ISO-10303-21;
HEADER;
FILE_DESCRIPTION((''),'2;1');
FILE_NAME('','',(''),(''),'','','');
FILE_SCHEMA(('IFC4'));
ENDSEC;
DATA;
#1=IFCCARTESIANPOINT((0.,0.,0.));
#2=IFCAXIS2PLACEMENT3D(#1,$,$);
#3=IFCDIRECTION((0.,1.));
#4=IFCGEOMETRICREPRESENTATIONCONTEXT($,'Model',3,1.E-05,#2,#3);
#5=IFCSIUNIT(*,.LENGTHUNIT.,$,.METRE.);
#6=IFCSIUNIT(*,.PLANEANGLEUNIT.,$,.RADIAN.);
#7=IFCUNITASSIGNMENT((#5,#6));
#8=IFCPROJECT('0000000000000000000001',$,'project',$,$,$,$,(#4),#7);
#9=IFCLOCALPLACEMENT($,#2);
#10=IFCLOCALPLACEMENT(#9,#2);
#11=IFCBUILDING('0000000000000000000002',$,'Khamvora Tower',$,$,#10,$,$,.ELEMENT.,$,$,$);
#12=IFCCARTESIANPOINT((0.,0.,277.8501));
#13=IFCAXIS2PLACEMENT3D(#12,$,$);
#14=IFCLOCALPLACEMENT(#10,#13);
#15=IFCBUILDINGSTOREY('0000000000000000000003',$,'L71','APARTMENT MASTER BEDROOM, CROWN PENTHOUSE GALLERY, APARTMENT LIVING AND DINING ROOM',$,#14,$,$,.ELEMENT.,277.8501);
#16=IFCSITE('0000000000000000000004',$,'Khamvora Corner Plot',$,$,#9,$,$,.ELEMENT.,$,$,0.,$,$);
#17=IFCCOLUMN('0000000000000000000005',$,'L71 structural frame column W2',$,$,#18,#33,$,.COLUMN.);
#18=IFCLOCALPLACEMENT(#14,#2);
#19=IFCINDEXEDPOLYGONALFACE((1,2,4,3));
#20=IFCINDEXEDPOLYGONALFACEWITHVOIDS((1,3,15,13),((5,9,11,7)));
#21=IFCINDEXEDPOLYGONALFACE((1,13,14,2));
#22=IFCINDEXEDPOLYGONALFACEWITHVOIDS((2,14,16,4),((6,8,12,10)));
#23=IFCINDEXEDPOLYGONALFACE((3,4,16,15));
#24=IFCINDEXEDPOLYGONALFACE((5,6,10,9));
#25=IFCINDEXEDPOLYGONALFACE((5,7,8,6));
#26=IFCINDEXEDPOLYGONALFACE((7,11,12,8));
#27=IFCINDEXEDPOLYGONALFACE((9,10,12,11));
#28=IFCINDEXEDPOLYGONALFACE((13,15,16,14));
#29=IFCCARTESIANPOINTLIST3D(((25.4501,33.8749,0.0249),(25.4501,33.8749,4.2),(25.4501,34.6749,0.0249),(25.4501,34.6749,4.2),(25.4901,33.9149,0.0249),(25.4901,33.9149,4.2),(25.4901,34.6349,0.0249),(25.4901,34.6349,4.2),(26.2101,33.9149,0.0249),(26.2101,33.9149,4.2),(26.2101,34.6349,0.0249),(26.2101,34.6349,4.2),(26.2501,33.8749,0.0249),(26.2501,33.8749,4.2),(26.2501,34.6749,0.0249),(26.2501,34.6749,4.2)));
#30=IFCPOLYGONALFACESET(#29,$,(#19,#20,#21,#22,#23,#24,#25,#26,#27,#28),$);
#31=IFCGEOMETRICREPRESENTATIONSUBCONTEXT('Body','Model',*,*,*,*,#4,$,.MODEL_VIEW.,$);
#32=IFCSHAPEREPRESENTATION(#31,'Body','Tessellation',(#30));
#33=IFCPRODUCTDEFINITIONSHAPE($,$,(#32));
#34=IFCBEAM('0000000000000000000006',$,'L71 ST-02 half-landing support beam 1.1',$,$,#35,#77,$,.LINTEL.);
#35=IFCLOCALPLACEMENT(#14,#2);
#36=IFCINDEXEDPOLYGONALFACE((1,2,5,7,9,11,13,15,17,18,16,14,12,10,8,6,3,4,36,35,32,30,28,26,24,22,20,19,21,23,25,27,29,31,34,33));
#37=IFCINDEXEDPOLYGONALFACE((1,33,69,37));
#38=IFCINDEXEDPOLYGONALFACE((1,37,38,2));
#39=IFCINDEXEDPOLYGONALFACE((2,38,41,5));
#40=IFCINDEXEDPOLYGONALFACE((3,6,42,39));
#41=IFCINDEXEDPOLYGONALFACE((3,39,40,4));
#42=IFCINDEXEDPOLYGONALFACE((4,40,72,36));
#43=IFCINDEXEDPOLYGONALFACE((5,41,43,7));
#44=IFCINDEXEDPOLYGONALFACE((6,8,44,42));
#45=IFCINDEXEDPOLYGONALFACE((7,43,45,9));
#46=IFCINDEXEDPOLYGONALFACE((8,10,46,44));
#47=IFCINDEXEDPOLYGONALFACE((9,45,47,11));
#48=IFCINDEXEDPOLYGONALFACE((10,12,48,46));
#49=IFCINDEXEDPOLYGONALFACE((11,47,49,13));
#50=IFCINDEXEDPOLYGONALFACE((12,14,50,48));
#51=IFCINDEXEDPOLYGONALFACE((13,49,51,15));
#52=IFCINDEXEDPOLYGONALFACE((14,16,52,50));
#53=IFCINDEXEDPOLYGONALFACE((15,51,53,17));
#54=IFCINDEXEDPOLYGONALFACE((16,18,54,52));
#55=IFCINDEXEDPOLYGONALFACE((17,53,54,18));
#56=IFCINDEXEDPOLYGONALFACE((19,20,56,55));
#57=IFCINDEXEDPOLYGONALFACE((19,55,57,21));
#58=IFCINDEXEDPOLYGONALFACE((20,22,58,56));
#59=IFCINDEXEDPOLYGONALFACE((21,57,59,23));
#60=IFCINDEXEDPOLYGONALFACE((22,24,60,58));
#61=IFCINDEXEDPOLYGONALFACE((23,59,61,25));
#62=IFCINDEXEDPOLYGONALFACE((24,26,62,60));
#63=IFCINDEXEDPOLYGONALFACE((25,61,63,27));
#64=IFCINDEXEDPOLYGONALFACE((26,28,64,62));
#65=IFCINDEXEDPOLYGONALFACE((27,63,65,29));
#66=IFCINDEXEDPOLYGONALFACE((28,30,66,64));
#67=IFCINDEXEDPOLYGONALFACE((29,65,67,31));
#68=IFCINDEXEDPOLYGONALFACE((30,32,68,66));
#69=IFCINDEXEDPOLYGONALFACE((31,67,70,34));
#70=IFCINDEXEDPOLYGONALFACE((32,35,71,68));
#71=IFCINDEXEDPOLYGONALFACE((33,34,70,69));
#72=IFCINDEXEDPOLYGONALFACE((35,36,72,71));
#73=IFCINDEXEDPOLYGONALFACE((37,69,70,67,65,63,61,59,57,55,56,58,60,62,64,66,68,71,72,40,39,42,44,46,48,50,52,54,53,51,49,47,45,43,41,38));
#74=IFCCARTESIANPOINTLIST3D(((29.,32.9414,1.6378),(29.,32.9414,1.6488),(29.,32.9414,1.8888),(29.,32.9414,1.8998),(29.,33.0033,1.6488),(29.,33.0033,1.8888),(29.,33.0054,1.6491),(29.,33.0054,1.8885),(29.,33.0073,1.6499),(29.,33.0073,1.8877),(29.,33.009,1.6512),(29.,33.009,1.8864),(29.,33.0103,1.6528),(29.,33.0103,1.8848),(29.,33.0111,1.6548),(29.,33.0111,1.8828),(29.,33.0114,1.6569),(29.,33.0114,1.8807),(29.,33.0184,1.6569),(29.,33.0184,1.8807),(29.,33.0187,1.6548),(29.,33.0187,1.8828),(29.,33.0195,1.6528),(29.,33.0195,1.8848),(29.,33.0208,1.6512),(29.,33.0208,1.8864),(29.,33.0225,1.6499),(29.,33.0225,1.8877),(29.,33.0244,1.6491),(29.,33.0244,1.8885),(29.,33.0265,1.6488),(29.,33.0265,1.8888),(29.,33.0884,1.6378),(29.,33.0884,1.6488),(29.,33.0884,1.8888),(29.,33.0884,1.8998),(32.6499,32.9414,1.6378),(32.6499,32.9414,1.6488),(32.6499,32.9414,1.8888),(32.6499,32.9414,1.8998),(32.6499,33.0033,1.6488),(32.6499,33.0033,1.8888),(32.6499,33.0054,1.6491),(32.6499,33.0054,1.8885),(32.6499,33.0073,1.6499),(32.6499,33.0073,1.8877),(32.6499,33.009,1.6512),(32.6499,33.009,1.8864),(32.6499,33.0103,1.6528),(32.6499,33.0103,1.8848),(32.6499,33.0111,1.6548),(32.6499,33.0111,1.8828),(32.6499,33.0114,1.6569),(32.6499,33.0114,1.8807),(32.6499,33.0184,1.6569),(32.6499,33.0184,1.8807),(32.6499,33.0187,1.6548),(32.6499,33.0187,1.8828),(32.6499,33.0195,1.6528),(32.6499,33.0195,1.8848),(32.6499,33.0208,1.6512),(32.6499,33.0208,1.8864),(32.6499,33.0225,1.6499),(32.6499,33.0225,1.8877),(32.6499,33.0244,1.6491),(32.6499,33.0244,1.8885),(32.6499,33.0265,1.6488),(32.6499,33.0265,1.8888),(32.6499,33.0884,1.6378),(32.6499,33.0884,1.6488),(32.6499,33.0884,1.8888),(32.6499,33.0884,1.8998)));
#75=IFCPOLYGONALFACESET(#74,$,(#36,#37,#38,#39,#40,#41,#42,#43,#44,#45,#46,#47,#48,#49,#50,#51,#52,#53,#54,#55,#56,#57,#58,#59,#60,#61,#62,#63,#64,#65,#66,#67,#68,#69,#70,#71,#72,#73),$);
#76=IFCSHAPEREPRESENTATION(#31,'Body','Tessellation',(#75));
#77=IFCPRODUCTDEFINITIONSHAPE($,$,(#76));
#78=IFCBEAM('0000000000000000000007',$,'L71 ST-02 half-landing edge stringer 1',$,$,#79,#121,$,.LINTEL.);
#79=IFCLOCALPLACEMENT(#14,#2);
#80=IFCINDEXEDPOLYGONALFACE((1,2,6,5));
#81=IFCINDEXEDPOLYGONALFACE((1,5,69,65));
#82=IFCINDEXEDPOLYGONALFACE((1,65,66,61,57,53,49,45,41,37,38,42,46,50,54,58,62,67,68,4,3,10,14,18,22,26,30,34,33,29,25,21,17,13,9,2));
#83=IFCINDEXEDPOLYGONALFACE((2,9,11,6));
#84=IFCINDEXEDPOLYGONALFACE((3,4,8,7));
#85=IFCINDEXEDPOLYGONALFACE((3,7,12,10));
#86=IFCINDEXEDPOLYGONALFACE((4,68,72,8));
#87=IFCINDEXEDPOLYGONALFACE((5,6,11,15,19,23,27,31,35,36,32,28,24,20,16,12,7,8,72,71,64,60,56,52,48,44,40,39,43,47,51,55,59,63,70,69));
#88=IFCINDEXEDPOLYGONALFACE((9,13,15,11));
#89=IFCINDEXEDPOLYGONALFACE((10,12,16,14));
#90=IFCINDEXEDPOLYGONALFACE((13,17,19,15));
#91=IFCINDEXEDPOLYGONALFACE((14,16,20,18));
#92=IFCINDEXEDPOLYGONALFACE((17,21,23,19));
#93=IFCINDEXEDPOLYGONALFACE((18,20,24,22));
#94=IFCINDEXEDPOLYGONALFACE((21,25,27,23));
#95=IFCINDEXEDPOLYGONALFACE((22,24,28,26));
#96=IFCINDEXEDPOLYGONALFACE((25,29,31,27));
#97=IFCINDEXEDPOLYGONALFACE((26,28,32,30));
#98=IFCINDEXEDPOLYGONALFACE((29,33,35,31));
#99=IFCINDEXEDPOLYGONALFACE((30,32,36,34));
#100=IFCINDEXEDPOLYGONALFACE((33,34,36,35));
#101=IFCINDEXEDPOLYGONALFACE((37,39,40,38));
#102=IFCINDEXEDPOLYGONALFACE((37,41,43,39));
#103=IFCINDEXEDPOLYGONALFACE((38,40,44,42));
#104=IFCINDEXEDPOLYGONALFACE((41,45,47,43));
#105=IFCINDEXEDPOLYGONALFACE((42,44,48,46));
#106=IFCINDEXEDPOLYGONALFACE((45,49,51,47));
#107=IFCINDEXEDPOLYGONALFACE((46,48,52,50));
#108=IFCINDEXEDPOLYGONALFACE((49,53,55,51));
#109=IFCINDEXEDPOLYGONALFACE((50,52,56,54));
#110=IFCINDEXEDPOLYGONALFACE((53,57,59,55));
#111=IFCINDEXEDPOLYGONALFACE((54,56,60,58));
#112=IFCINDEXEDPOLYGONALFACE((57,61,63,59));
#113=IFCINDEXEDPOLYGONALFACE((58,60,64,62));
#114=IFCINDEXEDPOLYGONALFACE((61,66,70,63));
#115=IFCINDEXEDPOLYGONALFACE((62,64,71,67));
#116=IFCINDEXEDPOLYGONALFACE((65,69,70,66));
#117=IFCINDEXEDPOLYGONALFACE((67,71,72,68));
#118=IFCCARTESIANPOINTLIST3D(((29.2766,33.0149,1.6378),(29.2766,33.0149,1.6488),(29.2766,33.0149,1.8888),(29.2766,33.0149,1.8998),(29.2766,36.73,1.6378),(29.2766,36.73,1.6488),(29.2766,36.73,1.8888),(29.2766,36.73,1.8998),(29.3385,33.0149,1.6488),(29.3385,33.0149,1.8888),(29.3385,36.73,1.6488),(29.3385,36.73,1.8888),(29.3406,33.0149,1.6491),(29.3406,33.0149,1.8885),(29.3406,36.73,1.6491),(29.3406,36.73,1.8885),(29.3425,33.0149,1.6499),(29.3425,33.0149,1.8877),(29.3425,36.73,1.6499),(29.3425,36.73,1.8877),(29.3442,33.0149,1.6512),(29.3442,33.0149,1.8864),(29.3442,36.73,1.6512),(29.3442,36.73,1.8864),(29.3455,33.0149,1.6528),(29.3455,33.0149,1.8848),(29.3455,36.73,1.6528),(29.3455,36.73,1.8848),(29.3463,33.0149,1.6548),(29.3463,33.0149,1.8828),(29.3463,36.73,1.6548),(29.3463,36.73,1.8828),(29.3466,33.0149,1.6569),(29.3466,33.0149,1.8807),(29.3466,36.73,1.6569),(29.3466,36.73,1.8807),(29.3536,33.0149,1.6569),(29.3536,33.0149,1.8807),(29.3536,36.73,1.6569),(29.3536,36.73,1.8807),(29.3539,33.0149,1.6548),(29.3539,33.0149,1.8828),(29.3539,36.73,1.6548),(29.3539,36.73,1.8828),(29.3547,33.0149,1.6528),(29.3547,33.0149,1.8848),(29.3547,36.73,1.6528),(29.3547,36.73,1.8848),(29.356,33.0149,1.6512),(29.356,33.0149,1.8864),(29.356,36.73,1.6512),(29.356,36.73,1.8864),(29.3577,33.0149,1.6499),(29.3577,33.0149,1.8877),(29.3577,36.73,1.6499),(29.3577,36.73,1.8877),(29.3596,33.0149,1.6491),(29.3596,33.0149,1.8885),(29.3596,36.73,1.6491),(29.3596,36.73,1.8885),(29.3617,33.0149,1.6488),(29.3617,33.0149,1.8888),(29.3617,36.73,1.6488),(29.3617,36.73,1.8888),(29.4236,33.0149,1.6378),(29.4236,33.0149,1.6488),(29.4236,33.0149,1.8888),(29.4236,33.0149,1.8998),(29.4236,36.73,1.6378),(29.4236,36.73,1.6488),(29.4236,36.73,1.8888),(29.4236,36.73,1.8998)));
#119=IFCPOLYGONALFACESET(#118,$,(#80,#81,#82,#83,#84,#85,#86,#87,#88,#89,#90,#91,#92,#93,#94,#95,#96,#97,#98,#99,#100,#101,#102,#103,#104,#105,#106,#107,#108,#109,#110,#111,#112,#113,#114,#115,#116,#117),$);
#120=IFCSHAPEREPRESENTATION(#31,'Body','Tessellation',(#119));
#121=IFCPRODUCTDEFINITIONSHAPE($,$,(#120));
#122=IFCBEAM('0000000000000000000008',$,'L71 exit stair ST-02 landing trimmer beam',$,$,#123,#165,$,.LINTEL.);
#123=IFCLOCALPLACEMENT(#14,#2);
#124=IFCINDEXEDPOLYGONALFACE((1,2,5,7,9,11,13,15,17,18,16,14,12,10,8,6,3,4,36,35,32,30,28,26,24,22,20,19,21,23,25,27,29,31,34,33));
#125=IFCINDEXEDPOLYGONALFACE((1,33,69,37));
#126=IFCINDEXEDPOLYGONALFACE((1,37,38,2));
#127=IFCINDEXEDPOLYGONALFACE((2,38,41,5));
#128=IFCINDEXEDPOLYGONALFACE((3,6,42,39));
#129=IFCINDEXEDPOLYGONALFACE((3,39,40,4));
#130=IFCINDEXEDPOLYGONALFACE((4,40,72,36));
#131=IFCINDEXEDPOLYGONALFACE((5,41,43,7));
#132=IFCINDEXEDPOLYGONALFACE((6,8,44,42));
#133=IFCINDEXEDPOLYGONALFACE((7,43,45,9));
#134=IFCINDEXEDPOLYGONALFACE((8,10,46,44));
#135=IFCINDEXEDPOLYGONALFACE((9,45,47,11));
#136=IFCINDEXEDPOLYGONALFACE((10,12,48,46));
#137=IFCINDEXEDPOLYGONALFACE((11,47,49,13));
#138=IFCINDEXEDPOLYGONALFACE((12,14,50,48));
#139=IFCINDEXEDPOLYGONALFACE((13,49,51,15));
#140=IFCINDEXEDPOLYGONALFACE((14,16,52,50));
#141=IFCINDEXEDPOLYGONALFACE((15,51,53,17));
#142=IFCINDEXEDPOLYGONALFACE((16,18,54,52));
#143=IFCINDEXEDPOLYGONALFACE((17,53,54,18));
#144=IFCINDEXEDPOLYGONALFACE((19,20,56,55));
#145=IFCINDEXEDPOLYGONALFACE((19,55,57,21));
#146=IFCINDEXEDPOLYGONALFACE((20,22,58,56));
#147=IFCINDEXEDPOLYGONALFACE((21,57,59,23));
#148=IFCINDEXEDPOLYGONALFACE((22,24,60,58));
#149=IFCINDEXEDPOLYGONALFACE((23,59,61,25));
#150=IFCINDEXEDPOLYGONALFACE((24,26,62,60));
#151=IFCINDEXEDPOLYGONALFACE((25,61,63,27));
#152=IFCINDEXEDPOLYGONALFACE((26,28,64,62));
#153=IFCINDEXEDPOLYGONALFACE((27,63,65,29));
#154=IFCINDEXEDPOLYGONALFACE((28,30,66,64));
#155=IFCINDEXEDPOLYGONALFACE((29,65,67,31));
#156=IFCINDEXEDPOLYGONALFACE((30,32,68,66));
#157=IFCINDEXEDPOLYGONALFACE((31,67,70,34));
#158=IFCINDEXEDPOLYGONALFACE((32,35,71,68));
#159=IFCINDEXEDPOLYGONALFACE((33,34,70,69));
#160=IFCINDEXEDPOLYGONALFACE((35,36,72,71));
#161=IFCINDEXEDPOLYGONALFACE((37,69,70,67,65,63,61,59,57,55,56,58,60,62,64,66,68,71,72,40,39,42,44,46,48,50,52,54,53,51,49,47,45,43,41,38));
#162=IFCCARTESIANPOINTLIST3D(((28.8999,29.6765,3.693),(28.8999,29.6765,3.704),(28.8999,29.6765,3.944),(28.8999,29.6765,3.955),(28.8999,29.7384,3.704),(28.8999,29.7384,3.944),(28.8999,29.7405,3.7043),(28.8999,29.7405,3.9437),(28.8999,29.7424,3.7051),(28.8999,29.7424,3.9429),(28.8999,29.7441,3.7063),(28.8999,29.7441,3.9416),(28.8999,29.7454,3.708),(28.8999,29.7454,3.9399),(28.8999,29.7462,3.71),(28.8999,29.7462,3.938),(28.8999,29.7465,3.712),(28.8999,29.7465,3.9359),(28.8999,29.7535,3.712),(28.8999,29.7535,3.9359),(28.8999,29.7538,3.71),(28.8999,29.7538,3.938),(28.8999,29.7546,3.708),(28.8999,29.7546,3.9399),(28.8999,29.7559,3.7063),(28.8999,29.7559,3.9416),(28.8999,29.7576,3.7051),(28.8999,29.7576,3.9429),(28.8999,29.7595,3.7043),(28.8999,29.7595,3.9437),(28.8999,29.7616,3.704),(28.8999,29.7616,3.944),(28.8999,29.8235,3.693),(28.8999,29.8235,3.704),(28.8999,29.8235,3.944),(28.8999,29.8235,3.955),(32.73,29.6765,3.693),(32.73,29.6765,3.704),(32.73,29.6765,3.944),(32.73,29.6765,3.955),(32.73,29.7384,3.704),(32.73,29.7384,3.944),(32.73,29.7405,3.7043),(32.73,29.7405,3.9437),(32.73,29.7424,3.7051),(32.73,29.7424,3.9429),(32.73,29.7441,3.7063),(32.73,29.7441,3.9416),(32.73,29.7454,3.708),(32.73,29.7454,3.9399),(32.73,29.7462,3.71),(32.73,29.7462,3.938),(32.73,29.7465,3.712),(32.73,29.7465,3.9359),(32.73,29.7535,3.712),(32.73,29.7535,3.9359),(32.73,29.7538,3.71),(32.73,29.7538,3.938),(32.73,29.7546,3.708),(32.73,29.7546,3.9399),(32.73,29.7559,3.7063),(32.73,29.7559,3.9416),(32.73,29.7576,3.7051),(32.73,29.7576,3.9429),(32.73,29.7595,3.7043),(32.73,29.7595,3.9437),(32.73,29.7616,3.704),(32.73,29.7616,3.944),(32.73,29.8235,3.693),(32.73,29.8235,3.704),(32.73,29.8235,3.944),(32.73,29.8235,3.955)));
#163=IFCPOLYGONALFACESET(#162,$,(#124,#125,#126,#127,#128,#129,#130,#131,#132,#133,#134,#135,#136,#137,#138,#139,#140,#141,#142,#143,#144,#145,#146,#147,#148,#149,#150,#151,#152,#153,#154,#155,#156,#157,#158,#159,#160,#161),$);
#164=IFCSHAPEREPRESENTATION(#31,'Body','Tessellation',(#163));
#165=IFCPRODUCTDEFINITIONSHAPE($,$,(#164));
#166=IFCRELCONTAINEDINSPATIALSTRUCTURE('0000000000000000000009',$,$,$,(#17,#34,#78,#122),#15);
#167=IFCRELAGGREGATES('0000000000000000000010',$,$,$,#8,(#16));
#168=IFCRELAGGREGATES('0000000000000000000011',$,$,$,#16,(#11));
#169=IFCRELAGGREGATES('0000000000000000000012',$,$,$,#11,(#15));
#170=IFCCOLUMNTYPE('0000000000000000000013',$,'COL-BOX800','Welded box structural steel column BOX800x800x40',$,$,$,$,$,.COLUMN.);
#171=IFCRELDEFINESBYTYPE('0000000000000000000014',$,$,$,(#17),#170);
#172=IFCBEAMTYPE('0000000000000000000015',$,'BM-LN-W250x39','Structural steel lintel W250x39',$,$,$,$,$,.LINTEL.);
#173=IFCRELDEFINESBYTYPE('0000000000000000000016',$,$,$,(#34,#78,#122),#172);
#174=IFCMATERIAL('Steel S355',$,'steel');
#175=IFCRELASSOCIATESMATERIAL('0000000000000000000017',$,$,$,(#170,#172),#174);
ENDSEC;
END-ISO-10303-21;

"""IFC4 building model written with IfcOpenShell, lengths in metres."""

from ifc_helpers import new_model, si_unit, direction, frame, origin, origin_2d, place, context, subcontext, project, spatial, hollow_rectangle, i_section, extrude, material, material_profile, profile_set, type_object, element, save


model = new_model("IFC4")

# Units and contexts
model_context = context("Model", 3, precision=1e-05, world=origin(), true_north=direction((0.0, 1.0)))
body_context = subcontext(model_context, "Body", "Model", "MODEL_VIEW")
ifc_project = project(units=[si_unit("LENGTHUNIT", "METRE"), si_unit("PLANEANGLEUNIT", "RADIAN")], contexts=[model_context])

# Site, building, storey
site_placement = place(None, origin())
site = spatial("IfcSite", under=ifc_project, at=site_placement, Name="Khamvora Corner Plot", CompositionType="ELEMENT", RefElevation=0.0)
building_placement = place(site_placement, origin())
building = spatial("IfcBuilding", under=site, at=building_placement, Name="Khamvora Tower", CompositionType="ELEMENT")
storey_placement = place(building_placement, frame((0.0, 0.0, 277.8501)))
storey = spatial("IfcBuildingStorey", under=building, at=storey_placement, Name="L71", Description="APARTMENT MASTER BEDROOM, CROWN PENTHOUSE GALLERY, APARTMENT LIVING AND DINING ROOM", CompositionType="ELEMENT", Elevation=277.8501)

# Column
ifc_material_1 = material(Name="Steel S355", Category="steel")
ifc_material_profile_1 = material_profile(ifc_material_1, hollow_rectangle(XDim=0.8, YDim=0.8, WallThickness=0.04, at=origin_2d()), Name="BOX800x800x40")
ifc_profile_set_1 = profile_set([ifc_material_profile_1], Name="Steel S355")
column_type = type_object("IfcColumnType", Name="COL-BOX800", Description="Welded box structural steel column BOX800x800x40", PredefinedType="COLUMN", material=ifc_profile_set_1)
column_placement = place(storey_placement, frame((25.8501, 34.2749, 0.0249), z_axis=(0.0, 0.0, 1.0), x_axis=(1.0, 0.0, 0.0)))
element("IfcColumn", 1, at=column_placement, inside=storey, type_object=column_type, Name="L71 structural frame column W2", PredefinedType="COLUMN", context=body_context, shape_type="SweptSolid", body=[
    extrude(hollow_rectangle(XDim=0.8, YDim=0.8, WallThickness=0.04, at=origin_2d()), origin(), (0.0, 0.0, 1.0), 4.175),
])

# Beams
ifc_material_profile_2 = material_profile(ifc_material_1, i_section(OverallWidth=0.147, OverallDepth=0.262, WebThickness=0.0071, FlangeThickness=0.011, FilletRadius=0.0081, at=origin_2d()), Name="W250x39")
ifc_profile_set_2 = profile_set([ifc_material_profile_2], Name="Steel S355")
beam_type_1 = type_object("IfcBeamType", Name="BM-LN-W250x39", Description="Structural steel lintel W250x39", PredefinedType="LINTEL", material=ifc_profile_set_2)
beam_1_placement = place(storey_placement, frame((29.0, 33.0149, 1.7688), z_axis=(1.0, 0.0, 0.0), x_axis=(0.0, 1.0, 0.0)))
element("IfcBeam", 2, at=beam_1_placement, inside=storey, type_object=beam_type_1, Name="L71 ST-02 half-landing support beam 1.1", PredefinedType="LINTEL", context=body_context, shape_type="SweptSolid", body=[
    extrude(i_section(OverallWidth=0.147, OverallDepth=0.262, WebThickness=0.0071, FlangeThickness=0.011, FilletRadius=0.0081, at=origin_2d()), origin(), (0.0, 0.0, 1.0), 3.6499),
])
beam_2_placement = place(storey_placement, frame((29.3501, 33.0149, 1.7688), z_axis=(0.0, 1.0, 0.0), x_axis=(-1.0, 0.0, 0.0)))
element("IfcBeam", 3, at=beam_2_placement, inside=storey, type_object=beam_type_1, Name="L71 ST-02 half-landing edge stringer 1", PredefinedType="LINTEL", context=body_context, shape_type="SweptSolid", body=[
    extrude(i_section(OverallWidth=0.147, OverallDepth=0.262, WebThickness=0.0071, FlangeThickness=0.011, FilletRadius=0.0081, at=origin_2d()), origin(), (0.0, 0.0, 1.0), 3.7151),
])
beam_3_placement = place(storey_placement, frame((28.8999, 29.75, 3.824), z_axis=(1.0, 0.0, 0.0), x_axis=(0.0, 1.0, 0.0)))
element("IfcBeam", 4, at=beam_3_placement, inside=storey, type_object=beam_type_1, Name="L71 exit stair ST-02 landing trimmer beam", PredefinedType="LINTEL", context=body_context, shape_type="SweptSolid", body=[
    extrude(i_section(OverallWidth=0.147, OverallDepth=0.262, WebThickness=0.0071, FlangeThickness=0.011, FilletRadius=0.0081, at=origin_2d()), origin(), (0.0, 0.0, 1.0), 3.8301),
])

save(model, "model.ifc")
